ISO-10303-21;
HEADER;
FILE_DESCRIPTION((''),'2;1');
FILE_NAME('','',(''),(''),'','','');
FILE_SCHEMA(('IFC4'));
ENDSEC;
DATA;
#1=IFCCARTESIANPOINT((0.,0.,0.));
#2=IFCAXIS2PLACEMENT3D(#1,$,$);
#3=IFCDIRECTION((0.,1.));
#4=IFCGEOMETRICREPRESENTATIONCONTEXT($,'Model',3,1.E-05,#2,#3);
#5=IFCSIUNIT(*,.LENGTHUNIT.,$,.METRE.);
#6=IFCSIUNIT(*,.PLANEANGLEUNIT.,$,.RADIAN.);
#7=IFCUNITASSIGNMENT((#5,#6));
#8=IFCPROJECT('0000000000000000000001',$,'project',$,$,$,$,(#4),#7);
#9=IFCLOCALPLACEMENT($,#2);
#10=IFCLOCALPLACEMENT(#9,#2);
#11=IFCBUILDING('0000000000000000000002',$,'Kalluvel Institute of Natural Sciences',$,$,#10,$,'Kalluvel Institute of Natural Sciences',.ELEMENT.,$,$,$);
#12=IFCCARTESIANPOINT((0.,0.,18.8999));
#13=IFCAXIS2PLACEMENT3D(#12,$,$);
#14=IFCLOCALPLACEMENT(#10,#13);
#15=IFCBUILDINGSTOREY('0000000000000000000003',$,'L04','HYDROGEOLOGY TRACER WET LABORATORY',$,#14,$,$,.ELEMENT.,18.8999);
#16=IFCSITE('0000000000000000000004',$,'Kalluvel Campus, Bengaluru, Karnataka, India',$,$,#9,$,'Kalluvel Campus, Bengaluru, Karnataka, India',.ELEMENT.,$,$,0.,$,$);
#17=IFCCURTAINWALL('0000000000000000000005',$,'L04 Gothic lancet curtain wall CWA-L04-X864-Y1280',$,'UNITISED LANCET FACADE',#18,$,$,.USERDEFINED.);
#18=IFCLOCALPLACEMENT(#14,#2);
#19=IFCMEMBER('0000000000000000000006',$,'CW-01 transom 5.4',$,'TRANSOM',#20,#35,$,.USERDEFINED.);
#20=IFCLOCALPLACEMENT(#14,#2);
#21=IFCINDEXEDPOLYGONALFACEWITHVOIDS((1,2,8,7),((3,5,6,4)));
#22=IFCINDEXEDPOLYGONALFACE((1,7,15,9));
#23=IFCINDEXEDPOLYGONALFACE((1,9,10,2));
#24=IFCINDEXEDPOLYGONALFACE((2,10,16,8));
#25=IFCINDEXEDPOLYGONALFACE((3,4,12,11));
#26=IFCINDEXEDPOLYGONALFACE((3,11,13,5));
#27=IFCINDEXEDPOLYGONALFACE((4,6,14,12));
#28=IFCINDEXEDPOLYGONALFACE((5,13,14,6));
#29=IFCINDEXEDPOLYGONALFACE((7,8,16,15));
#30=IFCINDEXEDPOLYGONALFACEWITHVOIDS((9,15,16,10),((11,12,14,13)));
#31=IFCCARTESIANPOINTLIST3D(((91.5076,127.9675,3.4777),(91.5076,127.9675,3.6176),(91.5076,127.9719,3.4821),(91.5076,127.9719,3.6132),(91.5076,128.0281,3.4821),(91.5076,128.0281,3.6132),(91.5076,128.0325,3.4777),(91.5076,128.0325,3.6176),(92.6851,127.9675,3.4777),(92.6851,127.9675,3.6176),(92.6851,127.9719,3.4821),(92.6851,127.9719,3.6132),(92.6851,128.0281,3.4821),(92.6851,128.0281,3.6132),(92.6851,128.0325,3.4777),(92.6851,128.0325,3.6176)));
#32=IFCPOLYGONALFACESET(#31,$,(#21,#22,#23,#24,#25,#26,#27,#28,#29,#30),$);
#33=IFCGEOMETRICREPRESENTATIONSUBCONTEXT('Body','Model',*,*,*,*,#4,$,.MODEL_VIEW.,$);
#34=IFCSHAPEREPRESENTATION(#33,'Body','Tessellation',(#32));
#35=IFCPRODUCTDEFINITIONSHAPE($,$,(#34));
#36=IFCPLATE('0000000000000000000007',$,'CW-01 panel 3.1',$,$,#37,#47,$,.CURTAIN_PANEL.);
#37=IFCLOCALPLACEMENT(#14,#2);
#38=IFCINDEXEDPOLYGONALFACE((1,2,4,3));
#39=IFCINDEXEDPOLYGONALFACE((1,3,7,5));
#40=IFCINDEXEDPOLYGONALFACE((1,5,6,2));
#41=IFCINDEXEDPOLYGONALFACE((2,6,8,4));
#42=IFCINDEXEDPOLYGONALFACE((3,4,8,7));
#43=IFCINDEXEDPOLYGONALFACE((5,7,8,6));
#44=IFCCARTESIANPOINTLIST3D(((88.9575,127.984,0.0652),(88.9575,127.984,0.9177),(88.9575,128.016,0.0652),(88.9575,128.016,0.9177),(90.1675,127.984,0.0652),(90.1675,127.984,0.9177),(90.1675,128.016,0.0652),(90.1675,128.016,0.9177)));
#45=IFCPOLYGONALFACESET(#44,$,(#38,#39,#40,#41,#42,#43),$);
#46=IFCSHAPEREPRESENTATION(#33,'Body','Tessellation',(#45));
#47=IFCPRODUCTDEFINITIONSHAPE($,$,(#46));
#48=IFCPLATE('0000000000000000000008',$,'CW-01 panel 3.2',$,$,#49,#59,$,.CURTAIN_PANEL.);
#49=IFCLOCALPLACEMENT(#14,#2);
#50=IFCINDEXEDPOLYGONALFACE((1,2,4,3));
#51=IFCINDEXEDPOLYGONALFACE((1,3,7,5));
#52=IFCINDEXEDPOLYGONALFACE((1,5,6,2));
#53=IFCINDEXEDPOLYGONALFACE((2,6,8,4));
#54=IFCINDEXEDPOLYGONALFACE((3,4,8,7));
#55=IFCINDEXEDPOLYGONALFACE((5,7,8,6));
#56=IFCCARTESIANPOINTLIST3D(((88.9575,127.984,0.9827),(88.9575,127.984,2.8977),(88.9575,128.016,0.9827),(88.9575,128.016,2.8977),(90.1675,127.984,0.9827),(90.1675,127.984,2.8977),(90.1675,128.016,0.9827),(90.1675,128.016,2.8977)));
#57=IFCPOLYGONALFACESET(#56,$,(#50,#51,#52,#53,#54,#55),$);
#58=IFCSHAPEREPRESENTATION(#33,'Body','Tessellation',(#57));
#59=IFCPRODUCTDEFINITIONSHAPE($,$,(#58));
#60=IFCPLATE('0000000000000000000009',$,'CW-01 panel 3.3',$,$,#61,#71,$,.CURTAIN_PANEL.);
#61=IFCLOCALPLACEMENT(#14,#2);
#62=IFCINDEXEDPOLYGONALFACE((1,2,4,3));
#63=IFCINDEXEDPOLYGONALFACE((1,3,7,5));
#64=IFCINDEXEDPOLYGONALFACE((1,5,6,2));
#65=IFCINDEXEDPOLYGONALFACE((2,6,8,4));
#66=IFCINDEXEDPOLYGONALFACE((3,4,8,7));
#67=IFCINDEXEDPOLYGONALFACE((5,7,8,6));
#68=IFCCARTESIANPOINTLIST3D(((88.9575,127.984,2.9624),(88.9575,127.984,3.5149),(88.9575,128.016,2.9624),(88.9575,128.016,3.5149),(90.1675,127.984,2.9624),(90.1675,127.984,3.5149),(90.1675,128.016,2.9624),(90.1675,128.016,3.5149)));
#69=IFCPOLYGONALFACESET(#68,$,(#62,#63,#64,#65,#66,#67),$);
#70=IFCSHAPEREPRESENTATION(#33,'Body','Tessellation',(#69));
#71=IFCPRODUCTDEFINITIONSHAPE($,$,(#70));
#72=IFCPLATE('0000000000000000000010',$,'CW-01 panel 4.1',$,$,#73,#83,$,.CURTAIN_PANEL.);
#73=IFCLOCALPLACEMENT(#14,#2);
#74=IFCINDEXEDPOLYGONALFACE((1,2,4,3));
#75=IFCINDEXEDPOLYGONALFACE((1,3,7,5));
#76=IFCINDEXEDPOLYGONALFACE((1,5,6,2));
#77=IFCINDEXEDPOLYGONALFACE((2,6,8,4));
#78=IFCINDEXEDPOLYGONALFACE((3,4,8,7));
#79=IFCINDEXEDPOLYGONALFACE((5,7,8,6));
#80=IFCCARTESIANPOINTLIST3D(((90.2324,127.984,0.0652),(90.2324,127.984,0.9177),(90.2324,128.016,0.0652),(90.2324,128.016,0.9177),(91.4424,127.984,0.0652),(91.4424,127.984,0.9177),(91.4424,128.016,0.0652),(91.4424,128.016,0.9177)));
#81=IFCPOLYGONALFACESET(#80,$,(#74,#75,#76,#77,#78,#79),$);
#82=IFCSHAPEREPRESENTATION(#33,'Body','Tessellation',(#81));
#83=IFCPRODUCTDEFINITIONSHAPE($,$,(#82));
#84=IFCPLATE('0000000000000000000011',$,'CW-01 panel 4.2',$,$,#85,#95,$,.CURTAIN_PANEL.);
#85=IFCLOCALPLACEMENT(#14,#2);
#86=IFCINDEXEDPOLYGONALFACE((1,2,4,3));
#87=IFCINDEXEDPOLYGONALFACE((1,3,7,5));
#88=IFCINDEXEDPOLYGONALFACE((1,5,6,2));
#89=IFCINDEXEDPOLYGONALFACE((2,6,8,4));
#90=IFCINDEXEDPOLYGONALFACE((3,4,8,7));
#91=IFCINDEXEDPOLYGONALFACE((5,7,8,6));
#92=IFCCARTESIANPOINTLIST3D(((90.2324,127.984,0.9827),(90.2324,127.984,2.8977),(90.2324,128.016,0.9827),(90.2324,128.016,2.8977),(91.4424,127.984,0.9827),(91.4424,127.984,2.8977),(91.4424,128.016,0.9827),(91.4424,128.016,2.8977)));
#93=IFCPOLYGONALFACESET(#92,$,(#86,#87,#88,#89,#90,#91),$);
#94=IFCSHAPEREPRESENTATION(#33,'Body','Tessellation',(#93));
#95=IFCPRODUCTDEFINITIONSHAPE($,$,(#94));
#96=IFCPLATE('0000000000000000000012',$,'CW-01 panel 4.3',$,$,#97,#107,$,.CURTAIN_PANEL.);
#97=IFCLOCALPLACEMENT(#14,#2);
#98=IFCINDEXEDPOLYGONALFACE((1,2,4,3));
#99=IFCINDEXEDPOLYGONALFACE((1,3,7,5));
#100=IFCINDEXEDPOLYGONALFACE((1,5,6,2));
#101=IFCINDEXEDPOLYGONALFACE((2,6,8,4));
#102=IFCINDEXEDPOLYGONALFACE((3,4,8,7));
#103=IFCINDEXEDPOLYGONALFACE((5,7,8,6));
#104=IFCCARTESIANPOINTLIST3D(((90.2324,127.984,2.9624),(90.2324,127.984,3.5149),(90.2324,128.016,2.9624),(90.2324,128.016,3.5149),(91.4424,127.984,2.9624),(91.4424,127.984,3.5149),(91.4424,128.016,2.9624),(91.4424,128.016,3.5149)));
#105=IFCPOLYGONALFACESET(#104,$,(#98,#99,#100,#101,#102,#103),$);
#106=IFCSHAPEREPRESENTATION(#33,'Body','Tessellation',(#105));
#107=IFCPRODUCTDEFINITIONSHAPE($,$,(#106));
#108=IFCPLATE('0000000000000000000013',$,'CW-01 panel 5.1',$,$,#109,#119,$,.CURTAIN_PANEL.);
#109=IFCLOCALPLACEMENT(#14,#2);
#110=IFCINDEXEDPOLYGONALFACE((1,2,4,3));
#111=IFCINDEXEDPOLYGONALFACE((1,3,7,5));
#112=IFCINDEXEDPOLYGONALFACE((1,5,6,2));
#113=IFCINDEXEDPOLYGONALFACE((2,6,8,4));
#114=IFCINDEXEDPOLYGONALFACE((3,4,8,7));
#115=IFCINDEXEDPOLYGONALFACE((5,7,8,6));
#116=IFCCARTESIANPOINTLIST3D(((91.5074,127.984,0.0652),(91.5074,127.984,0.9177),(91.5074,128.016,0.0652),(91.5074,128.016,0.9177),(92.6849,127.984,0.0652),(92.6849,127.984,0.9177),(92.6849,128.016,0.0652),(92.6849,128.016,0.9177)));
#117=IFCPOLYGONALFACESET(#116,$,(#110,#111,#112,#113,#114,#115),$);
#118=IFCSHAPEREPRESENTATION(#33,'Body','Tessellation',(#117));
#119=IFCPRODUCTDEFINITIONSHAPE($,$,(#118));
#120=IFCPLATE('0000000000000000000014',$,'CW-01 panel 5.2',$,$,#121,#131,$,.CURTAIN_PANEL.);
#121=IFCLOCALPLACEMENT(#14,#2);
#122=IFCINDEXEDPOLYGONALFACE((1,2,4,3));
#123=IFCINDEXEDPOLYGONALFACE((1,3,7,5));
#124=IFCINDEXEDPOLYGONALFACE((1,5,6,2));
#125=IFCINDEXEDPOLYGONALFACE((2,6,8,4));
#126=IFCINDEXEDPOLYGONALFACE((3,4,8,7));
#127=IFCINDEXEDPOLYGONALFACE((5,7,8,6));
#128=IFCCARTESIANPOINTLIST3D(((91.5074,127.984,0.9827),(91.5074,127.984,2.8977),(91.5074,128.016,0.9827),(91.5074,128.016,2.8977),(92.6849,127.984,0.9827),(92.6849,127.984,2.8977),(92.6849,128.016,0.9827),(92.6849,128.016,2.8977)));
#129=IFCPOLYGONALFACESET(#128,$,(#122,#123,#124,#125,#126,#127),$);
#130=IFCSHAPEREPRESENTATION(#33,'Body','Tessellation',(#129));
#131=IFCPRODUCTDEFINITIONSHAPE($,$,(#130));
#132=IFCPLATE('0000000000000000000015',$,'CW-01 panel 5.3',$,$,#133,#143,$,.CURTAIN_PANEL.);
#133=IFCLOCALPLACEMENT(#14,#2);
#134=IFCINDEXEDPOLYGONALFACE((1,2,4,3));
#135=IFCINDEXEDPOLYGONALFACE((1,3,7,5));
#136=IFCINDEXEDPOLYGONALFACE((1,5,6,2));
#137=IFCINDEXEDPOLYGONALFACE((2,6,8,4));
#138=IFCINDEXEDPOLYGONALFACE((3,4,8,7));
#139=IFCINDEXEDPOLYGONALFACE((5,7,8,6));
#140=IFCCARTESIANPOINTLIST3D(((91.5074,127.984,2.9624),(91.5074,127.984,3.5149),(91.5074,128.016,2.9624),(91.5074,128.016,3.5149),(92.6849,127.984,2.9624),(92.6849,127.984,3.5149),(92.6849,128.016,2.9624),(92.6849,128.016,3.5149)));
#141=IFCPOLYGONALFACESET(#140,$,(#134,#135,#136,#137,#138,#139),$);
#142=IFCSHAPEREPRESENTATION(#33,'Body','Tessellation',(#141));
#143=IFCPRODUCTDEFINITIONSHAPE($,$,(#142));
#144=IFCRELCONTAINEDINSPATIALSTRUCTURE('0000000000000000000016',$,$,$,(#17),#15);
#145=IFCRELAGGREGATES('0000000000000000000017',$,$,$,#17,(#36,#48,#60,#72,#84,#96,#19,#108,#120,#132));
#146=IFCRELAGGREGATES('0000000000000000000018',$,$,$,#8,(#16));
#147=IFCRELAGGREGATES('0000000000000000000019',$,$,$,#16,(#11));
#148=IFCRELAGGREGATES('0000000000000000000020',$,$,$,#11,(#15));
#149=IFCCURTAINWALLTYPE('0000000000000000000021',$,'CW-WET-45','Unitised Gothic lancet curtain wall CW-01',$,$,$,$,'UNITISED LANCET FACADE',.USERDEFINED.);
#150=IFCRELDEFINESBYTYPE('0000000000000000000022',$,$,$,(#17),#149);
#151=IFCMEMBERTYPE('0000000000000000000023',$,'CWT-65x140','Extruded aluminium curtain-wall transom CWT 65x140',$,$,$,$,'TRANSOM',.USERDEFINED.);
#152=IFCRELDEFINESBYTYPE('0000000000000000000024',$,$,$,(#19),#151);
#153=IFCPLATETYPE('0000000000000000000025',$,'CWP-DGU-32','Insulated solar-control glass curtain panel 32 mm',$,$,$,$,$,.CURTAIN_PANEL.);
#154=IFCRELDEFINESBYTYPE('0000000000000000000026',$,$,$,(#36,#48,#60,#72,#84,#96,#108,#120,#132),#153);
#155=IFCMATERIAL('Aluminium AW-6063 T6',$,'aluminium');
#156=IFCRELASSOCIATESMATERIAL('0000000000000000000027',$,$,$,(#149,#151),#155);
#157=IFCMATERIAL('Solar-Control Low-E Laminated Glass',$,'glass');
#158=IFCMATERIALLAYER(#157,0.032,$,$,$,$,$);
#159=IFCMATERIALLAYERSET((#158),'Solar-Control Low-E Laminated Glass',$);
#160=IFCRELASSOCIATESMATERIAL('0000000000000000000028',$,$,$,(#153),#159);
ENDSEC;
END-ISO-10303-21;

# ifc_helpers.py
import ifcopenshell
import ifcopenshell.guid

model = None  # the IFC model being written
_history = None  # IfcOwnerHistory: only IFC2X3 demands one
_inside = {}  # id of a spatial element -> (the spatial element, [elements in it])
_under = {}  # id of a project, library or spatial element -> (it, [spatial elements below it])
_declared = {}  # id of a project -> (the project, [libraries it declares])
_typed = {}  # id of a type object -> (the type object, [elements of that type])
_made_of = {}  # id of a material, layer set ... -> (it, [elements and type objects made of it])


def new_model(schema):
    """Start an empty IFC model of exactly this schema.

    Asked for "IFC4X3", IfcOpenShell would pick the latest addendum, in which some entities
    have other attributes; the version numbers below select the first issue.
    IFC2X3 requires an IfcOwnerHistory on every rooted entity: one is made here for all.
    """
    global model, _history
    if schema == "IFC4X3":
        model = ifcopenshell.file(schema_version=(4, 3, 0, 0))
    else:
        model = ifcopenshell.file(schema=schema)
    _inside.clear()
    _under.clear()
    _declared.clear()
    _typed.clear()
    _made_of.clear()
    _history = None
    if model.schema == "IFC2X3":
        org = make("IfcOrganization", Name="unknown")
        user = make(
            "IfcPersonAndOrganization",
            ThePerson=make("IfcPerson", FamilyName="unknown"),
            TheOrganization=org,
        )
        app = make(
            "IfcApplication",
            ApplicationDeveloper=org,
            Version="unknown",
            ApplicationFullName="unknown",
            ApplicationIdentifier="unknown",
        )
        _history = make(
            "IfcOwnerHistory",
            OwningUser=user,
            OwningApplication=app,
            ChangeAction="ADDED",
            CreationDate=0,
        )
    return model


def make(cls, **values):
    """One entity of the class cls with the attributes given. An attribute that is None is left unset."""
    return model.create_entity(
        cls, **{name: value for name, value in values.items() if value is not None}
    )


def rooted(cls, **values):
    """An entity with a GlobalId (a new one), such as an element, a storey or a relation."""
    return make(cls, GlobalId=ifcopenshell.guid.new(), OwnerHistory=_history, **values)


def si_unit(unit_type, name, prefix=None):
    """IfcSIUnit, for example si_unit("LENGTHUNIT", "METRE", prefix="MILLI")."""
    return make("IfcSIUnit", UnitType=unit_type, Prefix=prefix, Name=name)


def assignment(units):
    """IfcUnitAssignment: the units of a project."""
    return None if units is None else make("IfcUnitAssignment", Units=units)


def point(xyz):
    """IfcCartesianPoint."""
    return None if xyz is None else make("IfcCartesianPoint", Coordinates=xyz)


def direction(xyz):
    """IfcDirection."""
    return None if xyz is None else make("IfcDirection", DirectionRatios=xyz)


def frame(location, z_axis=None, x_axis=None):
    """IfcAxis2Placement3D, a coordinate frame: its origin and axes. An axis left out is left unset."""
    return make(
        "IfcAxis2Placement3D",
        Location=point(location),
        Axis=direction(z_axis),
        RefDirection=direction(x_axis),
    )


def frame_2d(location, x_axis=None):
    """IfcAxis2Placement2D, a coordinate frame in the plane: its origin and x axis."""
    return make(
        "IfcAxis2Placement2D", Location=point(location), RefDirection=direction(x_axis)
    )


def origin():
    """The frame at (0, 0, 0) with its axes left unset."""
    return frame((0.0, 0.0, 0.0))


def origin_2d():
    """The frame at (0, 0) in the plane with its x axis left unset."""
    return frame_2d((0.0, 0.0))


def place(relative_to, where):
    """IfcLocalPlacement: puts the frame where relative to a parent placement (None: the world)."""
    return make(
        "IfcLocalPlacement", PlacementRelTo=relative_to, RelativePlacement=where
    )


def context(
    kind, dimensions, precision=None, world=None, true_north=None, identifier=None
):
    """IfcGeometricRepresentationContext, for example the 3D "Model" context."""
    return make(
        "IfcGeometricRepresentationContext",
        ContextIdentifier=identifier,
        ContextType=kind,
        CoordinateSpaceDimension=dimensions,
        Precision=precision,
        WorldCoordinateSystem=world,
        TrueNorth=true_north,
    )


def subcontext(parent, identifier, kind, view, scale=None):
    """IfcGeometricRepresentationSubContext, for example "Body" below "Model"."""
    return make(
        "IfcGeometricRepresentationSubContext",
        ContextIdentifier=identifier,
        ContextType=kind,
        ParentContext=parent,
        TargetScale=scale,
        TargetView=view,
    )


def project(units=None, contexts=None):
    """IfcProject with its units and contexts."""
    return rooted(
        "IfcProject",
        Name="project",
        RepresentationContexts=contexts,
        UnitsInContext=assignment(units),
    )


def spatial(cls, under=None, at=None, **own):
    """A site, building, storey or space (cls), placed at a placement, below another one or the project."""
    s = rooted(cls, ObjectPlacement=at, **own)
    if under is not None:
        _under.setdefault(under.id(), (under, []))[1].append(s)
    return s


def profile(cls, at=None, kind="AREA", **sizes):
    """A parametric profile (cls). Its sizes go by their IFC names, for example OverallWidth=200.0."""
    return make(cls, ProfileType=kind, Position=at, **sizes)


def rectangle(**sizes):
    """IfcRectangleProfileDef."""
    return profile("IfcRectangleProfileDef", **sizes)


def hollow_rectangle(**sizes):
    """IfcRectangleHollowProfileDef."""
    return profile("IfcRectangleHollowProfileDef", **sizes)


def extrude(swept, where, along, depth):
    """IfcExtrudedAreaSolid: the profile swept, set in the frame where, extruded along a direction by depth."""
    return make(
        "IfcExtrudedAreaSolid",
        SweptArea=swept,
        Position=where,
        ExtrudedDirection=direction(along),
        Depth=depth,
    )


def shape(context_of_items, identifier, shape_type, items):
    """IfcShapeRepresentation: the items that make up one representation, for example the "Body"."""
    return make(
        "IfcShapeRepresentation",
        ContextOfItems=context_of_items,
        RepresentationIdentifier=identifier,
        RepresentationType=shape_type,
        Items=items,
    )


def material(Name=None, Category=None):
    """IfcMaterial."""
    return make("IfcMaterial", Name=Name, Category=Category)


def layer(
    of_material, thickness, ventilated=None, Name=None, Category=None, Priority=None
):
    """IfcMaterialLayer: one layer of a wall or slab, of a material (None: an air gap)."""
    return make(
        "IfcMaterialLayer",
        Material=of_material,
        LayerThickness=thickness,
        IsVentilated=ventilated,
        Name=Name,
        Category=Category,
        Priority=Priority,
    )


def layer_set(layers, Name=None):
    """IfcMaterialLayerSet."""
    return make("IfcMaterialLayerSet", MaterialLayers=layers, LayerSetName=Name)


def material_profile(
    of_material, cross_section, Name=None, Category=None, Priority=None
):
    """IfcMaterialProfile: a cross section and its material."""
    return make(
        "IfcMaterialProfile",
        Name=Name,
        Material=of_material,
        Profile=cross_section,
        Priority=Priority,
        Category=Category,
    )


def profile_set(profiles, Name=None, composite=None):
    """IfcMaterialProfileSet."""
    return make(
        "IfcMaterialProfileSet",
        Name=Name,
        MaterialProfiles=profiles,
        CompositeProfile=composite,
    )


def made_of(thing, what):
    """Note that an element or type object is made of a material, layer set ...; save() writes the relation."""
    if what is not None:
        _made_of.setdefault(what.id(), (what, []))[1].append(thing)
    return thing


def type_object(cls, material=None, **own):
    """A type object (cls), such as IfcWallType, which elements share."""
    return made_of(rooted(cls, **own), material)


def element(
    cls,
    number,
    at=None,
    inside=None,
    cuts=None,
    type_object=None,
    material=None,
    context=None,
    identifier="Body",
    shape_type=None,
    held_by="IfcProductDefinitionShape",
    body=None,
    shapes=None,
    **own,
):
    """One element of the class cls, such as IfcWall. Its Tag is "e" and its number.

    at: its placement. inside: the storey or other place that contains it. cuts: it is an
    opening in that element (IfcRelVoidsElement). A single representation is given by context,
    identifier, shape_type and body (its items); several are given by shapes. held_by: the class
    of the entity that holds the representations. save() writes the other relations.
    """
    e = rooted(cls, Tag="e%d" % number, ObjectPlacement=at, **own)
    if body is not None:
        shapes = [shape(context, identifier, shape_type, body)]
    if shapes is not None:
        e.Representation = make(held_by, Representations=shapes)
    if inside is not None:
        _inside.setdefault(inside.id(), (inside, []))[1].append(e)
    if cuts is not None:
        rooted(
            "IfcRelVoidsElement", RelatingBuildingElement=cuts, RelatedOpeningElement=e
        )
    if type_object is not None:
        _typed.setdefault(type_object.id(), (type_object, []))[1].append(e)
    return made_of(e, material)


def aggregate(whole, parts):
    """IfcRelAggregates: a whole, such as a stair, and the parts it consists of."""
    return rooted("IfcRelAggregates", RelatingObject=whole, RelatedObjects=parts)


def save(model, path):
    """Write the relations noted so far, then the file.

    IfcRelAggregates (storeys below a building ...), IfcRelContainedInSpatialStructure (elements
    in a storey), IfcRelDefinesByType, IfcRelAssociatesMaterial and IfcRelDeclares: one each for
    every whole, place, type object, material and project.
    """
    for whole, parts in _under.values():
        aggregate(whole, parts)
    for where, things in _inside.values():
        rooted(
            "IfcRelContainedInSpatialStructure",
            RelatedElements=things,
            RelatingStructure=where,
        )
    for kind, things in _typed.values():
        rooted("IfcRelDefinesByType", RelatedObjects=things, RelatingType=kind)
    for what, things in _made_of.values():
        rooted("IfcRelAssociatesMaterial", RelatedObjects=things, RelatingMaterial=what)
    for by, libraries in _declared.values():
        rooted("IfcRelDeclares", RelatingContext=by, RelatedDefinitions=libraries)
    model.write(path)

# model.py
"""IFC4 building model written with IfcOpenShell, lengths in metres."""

from ifc_helpers import new_model, si_unit, direction, frame, origin, origin_2d, place, context, subcontext, project, spatial, rectangle, hollow_rectangle, extrude, material, layer, layer_set, material_profile, profile_set, type_object, element, aggregate, save


model = new_model("IFC4")

# Units and contexts
model_context = context("Model", 3, precision=1e-05, world=origin(), true_north=direction((0.0, 1.0)))
body_context = subcontext(model_context, "Body", "Model", "MODEL_VIEW")
ifc_project = project(units=[si_unit("LENGTHUNIT", "METRE"), si_unit("PLANEANGLEUNIT", "RADIAN")], contexts=[model_context])

# Site, building, storey
site_placement = place(None, origin())
site = spatial("IfcSite", under=ifc_project, at=site_placement, Name="Kalluvel Campus, Bengaluru, Karnataka, India", LongName="Kalluvel Campus, Bengaluru, Karnataka, India", CompositionType="ELEMENT", RefElevation=0.0)
building_placement = place(site_placement, origin())
building = spatial("IfcBuilding", under=site, at=building_placement, Name="Kalluvel Institute of Natural Sciences", LongName="Kalluvel Institute of Natural Sciences", CompositionType="ELEMENT")
storey_placement = place(building_placement, frame((0.0, 0.0, 18.8999)))
storey = spatial("IfcBuildingStorey", under=building, at=storey_placement, Name="L04", Description="HYDROGEOLOGY TRACER WET LABORATORY", CompositionType="ELEMENT", Elevation=18.8999)

# Curtain wall, member, plates
ifc_material_1 = material(Name="Aluminium AW-6063 T6", Category="aluminium")
curtain_wall_type = type_object("IfcCurtainWallType", Name="CW-WET-45", Description="Unitised Gothic lancet curtain wall CW-01", ElementType="UNITISED LANCET FACADE", PredefinedType="USERDEFINED", material=ifc_material_1)
curtain_wall_placement = place(storey_placement, origin())
curtain_wall = element("IfcCurtainWall", 1, at=curtain_wall_placement, inside=storey, type_object=curtain_wall_type, Name="L04 Gothic lancet curtain wall CWA-L04-X864-Y1280", ObjectType="UNITISED LANCET FACADE", PredefinedType="USERDEFINED")
ifc_material_profile_1 = material_profile(ifc_material_1, hollow_rectangle(XDim=0.0649, YDim=0.1399, WallThickness=0.0044, at=origin_2d()), Name="CWT 65x140")
ifc_profile_set_1 = profile_set([ifc_material_profile_1], Name="Aluminium AW-6063 T6")
member_type_1 = type_object("IfcMemberType", Name="CWT-65x140", Description="Extruded aluminium curtain-wall transom CWT 65x140", ElementType="TRANSOM", PredefinedType="USERDEFINED", material=ifc_profile_set_1)
member_1_placement = place(storey_placement, frame((91.5076, 128.0, 3.5476), z_axis=(1.0, 0.0, 0.0), x_axis=(0.0, 1.0, 0.0)))
member_1 = element("IfcMember", 2, at=member_1_placement, type_object=member_type_1, Name="CW-01 transom 5.4", ObjectType="TRANSOM", PredefinedType="USERDEFINED", context=body_context, shape_type="SweptSolid", body=[
    extrude(hollow_rectangle(XDim=0.0649, YDim=0.1399, WallThickness=0.0044, at=origin_2d()), origin(), (0.0, 0.0, 1.0), 1.1775),
])
ifc_material_2 = material(Name="Solar-Control Low-E Laminated Glass", Category="glass")
ifc_layer = layer(ifc_material_2, 0.032)
ifc_layer_set = layer_set([ifc_layer], Name="Solar-Control Low-E Laminated Glass")
plate_type = type_object("IfcPlateType", Name="CWP-DGU-32", Description="Insulated solar-control glass curtain panel 32 mm", PredefinedType="CURTAIN_PANEL", material=ifc_layer_set)
plate_1_placement = place(storey_placement, frame((89.5625, 128.0, 0.0652), z_axis=(0.0, 0.0, 1.0), x_axis=(1.0, 0.0, 0.0)))
plate_1 = element("IfcPlate", 3, at=plate_1_placement, type_object=plate_type, Name="CW-01 panel 3.1", PredefinedType="CURTAIN_PANEL", context=body_context, shape_type="SweptSolid", body=[
    extrude(rectangle(XDim=1.21, YDim=0.032, at=origin_2d()), origin(), (0.0, 0.0, 1.0), 0.8525),
])
plate_2_placement = place(storey_placement, frame((89.5625, 128.0, 0.9827), z_axis=(0.0, 0.0, 1.0), x_axis=(1.0, 0.0, 0.0)))
plate_2 = element("IfcPlate", 4, at=plate_2_placement, type_object=plate_type, Name="CW-01 panel 3.2", PredefinedType="CURTAIN_PANEL", context=body_context, shape_type="SweptSolid", body=[
    extrude(rectangle(XDim=1.21, YDim=0.032, at=origin_2d()), origin(), (0.0, 0.0, 1.0), 1.915),
])
plate_3_placement = place(storey_placement, frame((89.5625, 128.0, 2.9624), z_axis=(0.0, 0.0, 1.0), x_axis=(1.0, 0.0, 0.0)))
plate_3 = element("IfcPlate", 5, at=plate_3_placement, type_object=plate_type, Name="CW-01 panel 3.3", PredefinedType="CURTAIN_PANEL", context=body_context, shape_type="SweptSolid", body=[
    extrude(rectangle(XDim=1.21, YDim=0.032, at=origin_2d()), origin(), (0.0, 0.0, 1.0), 0.5525),
])
plate_4_placement = place(storey_placement, frame((90.8374, 128.0, 0.0652), z_axis=(0.0, 0.0, 1.0), x_axis=(1.0, 0.0, 0.0)))
plate_4 = element("IfcPlate", 6, at=plate_4_placement, type_object=plate_type, Name="CW-01 panel 4.1", PredefinedType="CURTAIN_PANEL", context=body_context, shape_type="SweptSolid", body=[
    extrude(rectangle(XDim=1.21, YDim=0.032, at=origin_2d()), origin(), (0.0, 0.0, 1.0), 0.8525),
])
plate_5_placement = place(storey_placement, frame((90.8374, 128.0, 0.9827), z_axis=(0.0, 0.0, 1.0), x_axis=(1.0, 0.0, 0.0)))
plate_5 = element("IfcPlate", 7, at=plate_5_placement, type_object=plate_type, Name="CW-01 panel 4.2", PredefinedType="CURTAIN_PANEL", context=body_context, shape_type="SweptSolid", body=[
    extrude(rectangle(XDim=1.21, YDim=0.032, at=origin_2d()), origin(), (0.0, 0.0, 1.0), 1.915),
])
plate_6_placement = place(storey_placement, frame((90.8374, 128.0, 2.9624), z_axis=(0.0, 0.0, 1.0), x_axis=(1.0, 0.0, 0.0)))
plate_6 = element("IfcPlate", 8, at=plate_6_placement, type_object=plate_type, Name="CW-01 panel 4.3", PredefinedType="CURTAIN_PANEL", context=body_context, shape_type="SweptSolid", body=[
    extrude(rectangle(XDim=1.21, YDim=0.032, at=origin_2d()), origin(), (0.0, 0.0, 1.0), 0.5525),
])
plate_7_placement = place(storey_placement, frame((92.0962, 128.0, 0.0652), z_axis=(0.0, 0.0, 1.0), x_axis=(1.0, 0.0, 0.0)))
plate_7 = element("IfcPlate", 9, at=plate_7_placement, type_object=plate_type, Name="CW-01 panel 5.1", PredefinedType="CURTAIN_PANEL", context=body_context, shape_type="SweptSolid", body=[
    extrude(rectangle(XDim=1.1775, YDim=0.032, at=origin_2d()), origin(), (0.0, 0.0, 1.0), 0.8525),
])
plate_8_placement = place(storey_placement, frame((92.0962, 128.0, 0.9827), z_axis=(0.0, 0.0, 1.0), x_axis=(1.0, 0.0, 0.0)))
plate_8 = element("IfcPlate", 10, at=plate_8_placement, type_object=plate_type, Name="CW-01 panel 5.2", PredefinedType="CURTAIN_PANEL", context=body_context, shape_type="SweptSolid", body=[
    extrude(rectangle(XDim=1.1775, YDim=0.032, at=origin_2d()), origin(), (0.0, 0.0, 1.0), 1.915),
])
plate_9_placement = place(storey_placement, frame((92.0962, 128.0, 2.9624), z_axis=(0.0, 0.0, 1.0), x_axis=(1.0, 0.0, 0.0)))
plate_9 = element("IfcPlate", 11, at=plate_9_placement, type_object=plate_type, Name="CW-01 panel 5.3", PredefinedType="CURTAIN_PANEL", context=body_context, shape_type="SweptSolid", body=[
    extrude(rectangle(XDim=1.1775, YDim=0.032, at=origin_2d()), origin(), (0.0, 0.0, 1.0), 0.5525),
])
aggregate(curtain_wall, [plate_1, plate_2, plate_3, plate_4, plate_5, plate_6, member_1, plate_7, plate_8, plate_9])

save(model, "model.ifc")
